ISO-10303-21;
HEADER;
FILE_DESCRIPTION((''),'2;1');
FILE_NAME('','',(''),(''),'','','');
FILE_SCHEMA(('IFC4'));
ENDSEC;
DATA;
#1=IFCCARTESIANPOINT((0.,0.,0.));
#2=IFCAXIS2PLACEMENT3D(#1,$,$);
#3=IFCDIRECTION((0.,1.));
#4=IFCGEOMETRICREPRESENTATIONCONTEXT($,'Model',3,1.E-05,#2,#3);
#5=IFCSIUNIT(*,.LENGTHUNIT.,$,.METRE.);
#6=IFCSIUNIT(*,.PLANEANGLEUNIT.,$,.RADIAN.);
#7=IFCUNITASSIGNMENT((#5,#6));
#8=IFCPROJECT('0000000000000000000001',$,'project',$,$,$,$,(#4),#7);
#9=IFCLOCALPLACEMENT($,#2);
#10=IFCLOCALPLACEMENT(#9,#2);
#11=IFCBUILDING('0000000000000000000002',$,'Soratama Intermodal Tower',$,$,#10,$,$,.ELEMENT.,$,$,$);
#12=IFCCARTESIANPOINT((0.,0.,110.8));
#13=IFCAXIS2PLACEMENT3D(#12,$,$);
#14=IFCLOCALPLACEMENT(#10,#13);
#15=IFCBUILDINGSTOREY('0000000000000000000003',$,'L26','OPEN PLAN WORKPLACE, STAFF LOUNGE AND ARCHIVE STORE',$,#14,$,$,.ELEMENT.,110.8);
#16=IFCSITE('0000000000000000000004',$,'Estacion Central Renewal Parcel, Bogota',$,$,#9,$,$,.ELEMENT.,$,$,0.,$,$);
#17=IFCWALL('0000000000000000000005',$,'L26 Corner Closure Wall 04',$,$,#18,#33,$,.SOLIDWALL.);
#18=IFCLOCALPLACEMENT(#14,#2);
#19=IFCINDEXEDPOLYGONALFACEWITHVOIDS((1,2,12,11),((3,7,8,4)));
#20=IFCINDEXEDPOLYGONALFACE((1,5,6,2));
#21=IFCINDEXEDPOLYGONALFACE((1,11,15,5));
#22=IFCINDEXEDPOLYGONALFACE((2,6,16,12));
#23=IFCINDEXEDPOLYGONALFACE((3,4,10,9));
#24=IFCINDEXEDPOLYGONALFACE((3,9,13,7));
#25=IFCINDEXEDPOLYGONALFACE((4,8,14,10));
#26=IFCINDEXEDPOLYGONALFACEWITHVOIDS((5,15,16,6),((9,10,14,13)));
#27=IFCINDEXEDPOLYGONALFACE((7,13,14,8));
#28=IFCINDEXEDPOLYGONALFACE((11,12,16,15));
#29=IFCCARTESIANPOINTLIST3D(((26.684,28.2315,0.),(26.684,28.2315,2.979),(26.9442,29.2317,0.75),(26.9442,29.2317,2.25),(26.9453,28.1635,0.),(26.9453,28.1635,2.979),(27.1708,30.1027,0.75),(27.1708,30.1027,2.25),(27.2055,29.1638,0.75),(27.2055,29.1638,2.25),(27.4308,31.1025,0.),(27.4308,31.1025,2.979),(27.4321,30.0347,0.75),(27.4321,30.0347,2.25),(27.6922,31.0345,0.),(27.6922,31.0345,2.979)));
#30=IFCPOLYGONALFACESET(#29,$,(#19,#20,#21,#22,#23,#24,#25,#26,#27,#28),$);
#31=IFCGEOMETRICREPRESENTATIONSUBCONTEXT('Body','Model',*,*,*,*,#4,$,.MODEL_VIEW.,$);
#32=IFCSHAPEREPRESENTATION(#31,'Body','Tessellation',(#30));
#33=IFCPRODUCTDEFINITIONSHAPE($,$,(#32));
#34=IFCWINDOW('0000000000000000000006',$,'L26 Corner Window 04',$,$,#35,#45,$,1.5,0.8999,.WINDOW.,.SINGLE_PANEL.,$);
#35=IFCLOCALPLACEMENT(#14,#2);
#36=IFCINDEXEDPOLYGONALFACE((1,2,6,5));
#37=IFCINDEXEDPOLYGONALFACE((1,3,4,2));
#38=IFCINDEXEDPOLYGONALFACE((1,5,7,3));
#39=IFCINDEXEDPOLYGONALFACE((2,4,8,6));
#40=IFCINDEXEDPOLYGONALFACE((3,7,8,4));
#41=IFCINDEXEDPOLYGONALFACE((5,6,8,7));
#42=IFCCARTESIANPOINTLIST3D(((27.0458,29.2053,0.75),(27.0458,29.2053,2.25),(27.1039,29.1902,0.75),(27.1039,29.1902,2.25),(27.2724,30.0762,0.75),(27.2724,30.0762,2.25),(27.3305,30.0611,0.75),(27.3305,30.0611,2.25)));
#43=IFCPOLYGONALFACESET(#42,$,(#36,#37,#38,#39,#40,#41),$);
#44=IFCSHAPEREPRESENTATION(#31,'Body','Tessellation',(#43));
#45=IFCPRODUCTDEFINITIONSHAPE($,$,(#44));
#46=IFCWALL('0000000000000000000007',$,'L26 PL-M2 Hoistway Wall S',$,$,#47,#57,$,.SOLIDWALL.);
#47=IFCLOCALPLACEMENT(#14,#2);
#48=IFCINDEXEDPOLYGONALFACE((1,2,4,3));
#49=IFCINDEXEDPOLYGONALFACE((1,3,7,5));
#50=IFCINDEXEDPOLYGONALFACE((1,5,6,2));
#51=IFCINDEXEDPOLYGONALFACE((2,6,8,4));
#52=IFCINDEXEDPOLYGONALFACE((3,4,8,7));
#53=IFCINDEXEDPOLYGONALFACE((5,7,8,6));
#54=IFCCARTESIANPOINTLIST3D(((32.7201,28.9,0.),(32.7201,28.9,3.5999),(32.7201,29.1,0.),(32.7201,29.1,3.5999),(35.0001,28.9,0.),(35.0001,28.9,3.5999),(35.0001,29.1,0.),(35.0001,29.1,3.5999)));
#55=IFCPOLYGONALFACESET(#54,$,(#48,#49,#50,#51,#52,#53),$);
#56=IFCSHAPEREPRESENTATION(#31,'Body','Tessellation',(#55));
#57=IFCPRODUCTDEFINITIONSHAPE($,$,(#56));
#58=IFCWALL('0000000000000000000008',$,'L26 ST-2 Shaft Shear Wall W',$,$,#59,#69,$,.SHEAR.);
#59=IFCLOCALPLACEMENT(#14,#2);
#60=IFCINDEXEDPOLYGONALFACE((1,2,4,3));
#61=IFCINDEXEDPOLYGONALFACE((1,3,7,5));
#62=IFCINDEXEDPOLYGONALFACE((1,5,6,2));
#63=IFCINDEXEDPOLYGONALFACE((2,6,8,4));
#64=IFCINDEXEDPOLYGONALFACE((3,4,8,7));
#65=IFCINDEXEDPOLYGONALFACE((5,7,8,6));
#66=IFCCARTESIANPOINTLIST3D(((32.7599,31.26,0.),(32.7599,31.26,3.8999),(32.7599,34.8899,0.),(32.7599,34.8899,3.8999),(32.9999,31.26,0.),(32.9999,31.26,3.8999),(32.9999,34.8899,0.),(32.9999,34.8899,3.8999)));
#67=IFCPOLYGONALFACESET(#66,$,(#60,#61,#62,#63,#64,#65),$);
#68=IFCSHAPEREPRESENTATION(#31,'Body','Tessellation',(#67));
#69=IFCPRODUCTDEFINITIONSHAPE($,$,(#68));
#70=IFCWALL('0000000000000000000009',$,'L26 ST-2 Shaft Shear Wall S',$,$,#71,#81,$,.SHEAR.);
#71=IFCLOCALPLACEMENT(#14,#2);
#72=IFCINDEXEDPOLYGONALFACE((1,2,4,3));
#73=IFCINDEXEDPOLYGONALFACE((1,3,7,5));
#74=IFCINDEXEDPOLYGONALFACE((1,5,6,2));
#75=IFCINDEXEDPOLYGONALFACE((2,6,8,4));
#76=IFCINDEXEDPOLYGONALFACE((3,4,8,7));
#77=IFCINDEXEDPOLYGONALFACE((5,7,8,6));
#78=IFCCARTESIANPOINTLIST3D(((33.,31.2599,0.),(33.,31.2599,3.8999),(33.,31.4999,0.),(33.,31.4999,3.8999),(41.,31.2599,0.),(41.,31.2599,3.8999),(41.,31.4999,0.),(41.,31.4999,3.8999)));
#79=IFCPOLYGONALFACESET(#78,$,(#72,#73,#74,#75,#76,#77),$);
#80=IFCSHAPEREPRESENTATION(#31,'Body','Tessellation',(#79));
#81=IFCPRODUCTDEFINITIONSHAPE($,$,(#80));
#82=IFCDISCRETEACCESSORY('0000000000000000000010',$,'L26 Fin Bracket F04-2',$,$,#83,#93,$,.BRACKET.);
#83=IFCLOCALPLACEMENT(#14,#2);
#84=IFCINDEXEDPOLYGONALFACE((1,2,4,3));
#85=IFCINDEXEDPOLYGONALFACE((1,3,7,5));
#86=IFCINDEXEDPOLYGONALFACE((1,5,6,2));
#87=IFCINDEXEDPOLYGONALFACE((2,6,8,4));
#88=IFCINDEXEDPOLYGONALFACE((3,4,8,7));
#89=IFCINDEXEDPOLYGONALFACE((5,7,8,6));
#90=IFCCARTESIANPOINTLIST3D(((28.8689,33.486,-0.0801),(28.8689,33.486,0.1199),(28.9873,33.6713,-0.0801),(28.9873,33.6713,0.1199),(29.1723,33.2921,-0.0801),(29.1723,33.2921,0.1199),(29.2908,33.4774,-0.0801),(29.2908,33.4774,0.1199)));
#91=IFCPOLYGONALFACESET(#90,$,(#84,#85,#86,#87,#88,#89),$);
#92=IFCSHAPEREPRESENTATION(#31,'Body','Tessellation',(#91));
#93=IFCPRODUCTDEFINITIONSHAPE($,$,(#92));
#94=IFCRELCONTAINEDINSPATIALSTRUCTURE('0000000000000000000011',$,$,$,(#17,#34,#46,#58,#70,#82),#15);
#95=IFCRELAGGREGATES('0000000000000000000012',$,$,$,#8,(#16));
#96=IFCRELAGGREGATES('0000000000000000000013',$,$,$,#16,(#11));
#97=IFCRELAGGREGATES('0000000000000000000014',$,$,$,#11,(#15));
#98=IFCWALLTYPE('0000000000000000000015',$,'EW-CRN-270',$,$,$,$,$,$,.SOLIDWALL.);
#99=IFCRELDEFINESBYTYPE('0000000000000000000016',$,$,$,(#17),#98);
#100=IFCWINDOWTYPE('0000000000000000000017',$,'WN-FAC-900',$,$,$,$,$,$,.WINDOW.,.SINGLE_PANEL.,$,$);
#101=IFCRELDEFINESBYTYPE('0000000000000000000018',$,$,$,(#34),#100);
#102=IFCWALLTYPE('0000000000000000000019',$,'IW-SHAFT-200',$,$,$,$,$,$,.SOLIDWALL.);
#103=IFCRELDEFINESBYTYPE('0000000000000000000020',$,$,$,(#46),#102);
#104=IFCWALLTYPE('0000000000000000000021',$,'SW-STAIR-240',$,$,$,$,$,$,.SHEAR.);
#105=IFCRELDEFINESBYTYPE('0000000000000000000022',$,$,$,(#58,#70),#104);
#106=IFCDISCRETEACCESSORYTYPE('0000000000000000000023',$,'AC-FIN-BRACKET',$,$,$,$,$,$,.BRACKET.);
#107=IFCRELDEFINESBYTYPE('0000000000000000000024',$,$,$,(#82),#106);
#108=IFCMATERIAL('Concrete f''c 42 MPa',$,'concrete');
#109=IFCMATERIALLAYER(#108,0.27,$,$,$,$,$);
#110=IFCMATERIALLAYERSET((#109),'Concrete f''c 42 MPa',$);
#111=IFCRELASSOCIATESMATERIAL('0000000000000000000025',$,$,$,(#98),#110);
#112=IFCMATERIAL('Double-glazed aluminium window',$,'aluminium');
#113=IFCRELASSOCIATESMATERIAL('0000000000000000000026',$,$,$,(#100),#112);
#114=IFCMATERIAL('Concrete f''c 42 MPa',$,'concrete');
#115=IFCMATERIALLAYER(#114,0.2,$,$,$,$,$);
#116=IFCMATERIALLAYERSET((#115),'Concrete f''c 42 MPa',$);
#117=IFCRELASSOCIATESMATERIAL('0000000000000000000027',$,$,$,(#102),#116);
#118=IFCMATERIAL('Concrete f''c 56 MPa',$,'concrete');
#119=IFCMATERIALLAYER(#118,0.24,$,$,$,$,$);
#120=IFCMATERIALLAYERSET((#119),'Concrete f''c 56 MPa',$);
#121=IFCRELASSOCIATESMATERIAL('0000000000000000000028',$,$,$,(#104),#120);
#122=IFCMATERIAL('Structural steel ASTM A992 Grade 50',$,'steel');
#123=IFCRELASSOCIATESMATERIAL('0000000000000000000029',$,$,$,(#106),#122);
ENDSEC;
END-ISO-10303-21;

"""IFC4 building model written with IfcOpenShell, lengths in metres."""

from ifc_helpers import new_model, si_unit, direction, frame, frame_2d, origin, origin_2d, place, context, subcontext, project, spatial, rectangle, extrude, material, layer, layer_set, type_object, element, fill, save


model = new_model("IFC4")

# Units and contexts
model_context = context("Model", 3, precision=1e-05, world=origin(), true_north=direction((0.0, 1.0)))
body_context = subcontext(model_context, "Body", "Model", "MODEL_VIEW")
ifc_project = project(units=[si_unit("LENGTHUNIT", "METRE"), si_unit("PLANEANGLEUNIT", "RADIAN")], contexts=[model_context])

# Site, building, storey
site_placement = place(None, origin())
site = spatial("IfcSite", under=ifc_project, at=site_placement, Name="Estacion Central Renewal Parcel, Bogota", CompositionType="ELEMENT", RefElevation=0.0)
building_placement = place(site_placement, origin())
building = spatial("IfcBuilding", under=site, at=building_placement, Name="Soratama Intermodal Tower", CompositionType="ELEMENT")
storey_placement = place(building_placement, frame((0.0, 0.0, 110.8)))
storey = spatial("IfcBuildingStorey", under=building, at=storey_placement, Name="L26", Description="OPEN PLAN WORKPLACE, STAFF LOUNGE AND ARCHIVE STORE", CompositionType="ELEMENT", Elevation=110.8)

# Wall, opening, window
ifc_material_1 = material(Name="Concrete f'c 42 MPa", Category="concrete")
ifc_layer_1 = layer(ifc_material_1, 0.27)
ifc_layer_set_1 = layer_set([ifc_layer_1], Name="Concrete f'c 42 MPa")
wall_type_1 = type_object("IfcWallType", Name="EW-CRN-270", PredefinedType="SOLIDWALL", material=ifc_layer_set_1)
wall_1_placement = place(storey_placement, frame((27.5615, 31.0686, 0.0), z_axis=(0.0, 0.0, 1.0), x_axis=(-0.251742, -0.967794, 0.0)))
wall_1 = element("IfcWall", 1, at=wall_1_placement, inside=storey, type_object=wall_type_1, Name="L26 Corner Closure Wall 04", PredefinedType="SOLIDWALL", context=body_context, shape_type="SweptSolid", body=[
    extrude(rectangle(XDim=2.9666, YDim=0.27, at=frame_2d((1.4834, 0.0))), origin(), (0.0, 0.0, 1.0), 2.979),
])
opening_1_placement = place(wall_1_placement, frame((1.0332, 0.0, 0.75)))
opening_1 = element("IfcOpeningElement", 2, at=opening_1_placement, cuts=wall_1, PredefinedType="OPENING", context=body_context, shape_type="SweptSolid", body=[
    extrude(rectangle(XDim=0.8999, YDim=1.5, at=frame_2d((0.45, 0.75))), frame((0.0, 0.145, 0.0), z_axis=(0.0, -1.0, 0.0), x_axis=(1.0, 0.0, 0.0)), (0.0, 0.0, 1.0), 0.29),
])
ifc_material_2 = material(Name="Double-glazed aluminium window", Category="aluminium")
window_type_1 = type_object("IfcWindowType", Name="WN-FAC-900", PartitioningType="SINGLE_PANEL", PredefinedType="WINDOW", material=ifc_material_2)
window_1_placement = place(opening_1_placement, origin())
window_1 = element("IfcWindow", 3, at=window_1_placement, inside=storey, type_object=window_type_1, Name="L26 Corner Window 04", OverallHeight=1.5, OverallWidth=0.8999, PartitioningType="SINGLE_PANEL", PredefinedType="WINDOW", context=body_context, shape_type="SweptSolid", body=[
    extrude(rectangle(XDim=0.8999, YDim=1.5, at=frame_2d((0.45, 0.75))), frame((0.0, 0.03, 0.0), z_axis=(0.0, -1.0, 0.0), x_axis=(1.0, 0.0, 0.0)), (0.0, 0.0, 1.0), 0.0601),
])
fill(opening_1, window_1)

# Shared definitions
ifc_material_3 = material(Name="Concrete f'c 42 MPa", Category="concrete")
ifc_layer_2 = layer(ifc_material_3, 0.2)
ifc_layer_set_2 = layer_set([ifc_layer_2], Name="Concrete f'c 42 MPa")
wall_type_2 = type_object("IfcWallType", Name="IW-SHAFT-200", PredefinedType="SOLIDWALL", material=ifc_layer_set_2)

# Walls
wall_2_placement = place(storey_placement, frame((32.72, 29.0, 0.0), z_axis=(0.0, 0.0, 1.0), x_axis=(1.0, 0.0, 0.0)))
element("IfcWall", 4, at=wall_2_placement, inside=storey, type_object=wall_type_2, Name="L26 PL-M2 Hoistway Wall S", PredefinedType="SOLIDWALL", context=body_context, shape_type="SweptSolid", body=[
    extrude(rectangle(XDim=2.28, YDim=0.2, at=frame_2d((1.1401, 0.0))), origin(), (0.0, 0.0, 1.0), 3.5999),
])
ifc_material_4 = material(Name="Concrete f'c 56 MPa", Category="concrete")
ifc_layer_3 = layer(ifc_material_4, 0.24)
ifc_layer_set_3 = layer_set([ifc_layer_3], Name="Concrete f'c 56 MPa")
wall_type_3 = type_object("IfcWallType", Name="SW-STAIR-240", PredefinedType="SHEAR", material=ifc_layer_set_3)
wall_3_placement = place(storey_placement, frame((32.8799, 31.26, 0.0), z_axis=(0.0, 0.0, 1.0), x_axis=(0.0, 1.0, 0.0)))
element("IfcWall", 5, at=wall_3_placement, inside=storey, type_object=wall_type_3, Name="L26 ST-2 Shaft Shear Wall W", PredefinedType="SHEAR", context=body_context, shape_type="SweptSolid", body=[
    extrude(rectangle(XDim=3.6299, YDim=0.24, at=frame_2d((1.8149, 0.0))), origin(), (0.0, 0.0, 1.0), 3.8999),
])
wall_4_placement = place(storey_placement, frame((33.0, 31.3799, 0.0), z_axis=(0.0, 0.0, 1.0), x_axis=(1.0, 0.0, 0.0)))
element("IfcWall", 6, at=wall_4_placement, inside=storey, type_object=wall_type_3, Name="L26 ST-2 Shaft Shear Wall S", PredefinedType="SHEAR", context=body_context, shape_type="SweptSolid", body=[
    extrude(rectangle(XDim=8.0, YDim=0.24, at=frame_2d((4.0, 0.0))), origin(), (0.0, 0.0, 1.0), 3.8999),
])

# Discrete accessory
ifc_material_5 = material(Name="Structural steel ASTM A992 Grade 50", Category="steel")
discrete_accessory_type = type_object("IfcDiscreteAccessoryType", Name="AC-FIN-BRACKET", PredefinedType="BRACKET", material=ifc_material_5)
discrete_accessory_placement = place(storey_placement, frame((29.0798, 33.4817, -0.0801), z_axis=(0.0, 0.0, 1.0), x_axis=(-0.84264, 0.538477, 0.0)))
element("IfcDiscreteAccessory", 7, at=discrete_accessory_placement, inside=storey, type_object=discrete_accessory_type, Name="L26 Fin Bracket F04-2", PredefinedType="BRACKET", context=body_context, shape_type="SweptSolid", body=[
    extrude(rectangle(XDim=0.3601, YDim=0.22, at=origin_2d()), origin(), (0.0, 0.0, 1.0), 0.2),
])

save(model, "model.ifc")
